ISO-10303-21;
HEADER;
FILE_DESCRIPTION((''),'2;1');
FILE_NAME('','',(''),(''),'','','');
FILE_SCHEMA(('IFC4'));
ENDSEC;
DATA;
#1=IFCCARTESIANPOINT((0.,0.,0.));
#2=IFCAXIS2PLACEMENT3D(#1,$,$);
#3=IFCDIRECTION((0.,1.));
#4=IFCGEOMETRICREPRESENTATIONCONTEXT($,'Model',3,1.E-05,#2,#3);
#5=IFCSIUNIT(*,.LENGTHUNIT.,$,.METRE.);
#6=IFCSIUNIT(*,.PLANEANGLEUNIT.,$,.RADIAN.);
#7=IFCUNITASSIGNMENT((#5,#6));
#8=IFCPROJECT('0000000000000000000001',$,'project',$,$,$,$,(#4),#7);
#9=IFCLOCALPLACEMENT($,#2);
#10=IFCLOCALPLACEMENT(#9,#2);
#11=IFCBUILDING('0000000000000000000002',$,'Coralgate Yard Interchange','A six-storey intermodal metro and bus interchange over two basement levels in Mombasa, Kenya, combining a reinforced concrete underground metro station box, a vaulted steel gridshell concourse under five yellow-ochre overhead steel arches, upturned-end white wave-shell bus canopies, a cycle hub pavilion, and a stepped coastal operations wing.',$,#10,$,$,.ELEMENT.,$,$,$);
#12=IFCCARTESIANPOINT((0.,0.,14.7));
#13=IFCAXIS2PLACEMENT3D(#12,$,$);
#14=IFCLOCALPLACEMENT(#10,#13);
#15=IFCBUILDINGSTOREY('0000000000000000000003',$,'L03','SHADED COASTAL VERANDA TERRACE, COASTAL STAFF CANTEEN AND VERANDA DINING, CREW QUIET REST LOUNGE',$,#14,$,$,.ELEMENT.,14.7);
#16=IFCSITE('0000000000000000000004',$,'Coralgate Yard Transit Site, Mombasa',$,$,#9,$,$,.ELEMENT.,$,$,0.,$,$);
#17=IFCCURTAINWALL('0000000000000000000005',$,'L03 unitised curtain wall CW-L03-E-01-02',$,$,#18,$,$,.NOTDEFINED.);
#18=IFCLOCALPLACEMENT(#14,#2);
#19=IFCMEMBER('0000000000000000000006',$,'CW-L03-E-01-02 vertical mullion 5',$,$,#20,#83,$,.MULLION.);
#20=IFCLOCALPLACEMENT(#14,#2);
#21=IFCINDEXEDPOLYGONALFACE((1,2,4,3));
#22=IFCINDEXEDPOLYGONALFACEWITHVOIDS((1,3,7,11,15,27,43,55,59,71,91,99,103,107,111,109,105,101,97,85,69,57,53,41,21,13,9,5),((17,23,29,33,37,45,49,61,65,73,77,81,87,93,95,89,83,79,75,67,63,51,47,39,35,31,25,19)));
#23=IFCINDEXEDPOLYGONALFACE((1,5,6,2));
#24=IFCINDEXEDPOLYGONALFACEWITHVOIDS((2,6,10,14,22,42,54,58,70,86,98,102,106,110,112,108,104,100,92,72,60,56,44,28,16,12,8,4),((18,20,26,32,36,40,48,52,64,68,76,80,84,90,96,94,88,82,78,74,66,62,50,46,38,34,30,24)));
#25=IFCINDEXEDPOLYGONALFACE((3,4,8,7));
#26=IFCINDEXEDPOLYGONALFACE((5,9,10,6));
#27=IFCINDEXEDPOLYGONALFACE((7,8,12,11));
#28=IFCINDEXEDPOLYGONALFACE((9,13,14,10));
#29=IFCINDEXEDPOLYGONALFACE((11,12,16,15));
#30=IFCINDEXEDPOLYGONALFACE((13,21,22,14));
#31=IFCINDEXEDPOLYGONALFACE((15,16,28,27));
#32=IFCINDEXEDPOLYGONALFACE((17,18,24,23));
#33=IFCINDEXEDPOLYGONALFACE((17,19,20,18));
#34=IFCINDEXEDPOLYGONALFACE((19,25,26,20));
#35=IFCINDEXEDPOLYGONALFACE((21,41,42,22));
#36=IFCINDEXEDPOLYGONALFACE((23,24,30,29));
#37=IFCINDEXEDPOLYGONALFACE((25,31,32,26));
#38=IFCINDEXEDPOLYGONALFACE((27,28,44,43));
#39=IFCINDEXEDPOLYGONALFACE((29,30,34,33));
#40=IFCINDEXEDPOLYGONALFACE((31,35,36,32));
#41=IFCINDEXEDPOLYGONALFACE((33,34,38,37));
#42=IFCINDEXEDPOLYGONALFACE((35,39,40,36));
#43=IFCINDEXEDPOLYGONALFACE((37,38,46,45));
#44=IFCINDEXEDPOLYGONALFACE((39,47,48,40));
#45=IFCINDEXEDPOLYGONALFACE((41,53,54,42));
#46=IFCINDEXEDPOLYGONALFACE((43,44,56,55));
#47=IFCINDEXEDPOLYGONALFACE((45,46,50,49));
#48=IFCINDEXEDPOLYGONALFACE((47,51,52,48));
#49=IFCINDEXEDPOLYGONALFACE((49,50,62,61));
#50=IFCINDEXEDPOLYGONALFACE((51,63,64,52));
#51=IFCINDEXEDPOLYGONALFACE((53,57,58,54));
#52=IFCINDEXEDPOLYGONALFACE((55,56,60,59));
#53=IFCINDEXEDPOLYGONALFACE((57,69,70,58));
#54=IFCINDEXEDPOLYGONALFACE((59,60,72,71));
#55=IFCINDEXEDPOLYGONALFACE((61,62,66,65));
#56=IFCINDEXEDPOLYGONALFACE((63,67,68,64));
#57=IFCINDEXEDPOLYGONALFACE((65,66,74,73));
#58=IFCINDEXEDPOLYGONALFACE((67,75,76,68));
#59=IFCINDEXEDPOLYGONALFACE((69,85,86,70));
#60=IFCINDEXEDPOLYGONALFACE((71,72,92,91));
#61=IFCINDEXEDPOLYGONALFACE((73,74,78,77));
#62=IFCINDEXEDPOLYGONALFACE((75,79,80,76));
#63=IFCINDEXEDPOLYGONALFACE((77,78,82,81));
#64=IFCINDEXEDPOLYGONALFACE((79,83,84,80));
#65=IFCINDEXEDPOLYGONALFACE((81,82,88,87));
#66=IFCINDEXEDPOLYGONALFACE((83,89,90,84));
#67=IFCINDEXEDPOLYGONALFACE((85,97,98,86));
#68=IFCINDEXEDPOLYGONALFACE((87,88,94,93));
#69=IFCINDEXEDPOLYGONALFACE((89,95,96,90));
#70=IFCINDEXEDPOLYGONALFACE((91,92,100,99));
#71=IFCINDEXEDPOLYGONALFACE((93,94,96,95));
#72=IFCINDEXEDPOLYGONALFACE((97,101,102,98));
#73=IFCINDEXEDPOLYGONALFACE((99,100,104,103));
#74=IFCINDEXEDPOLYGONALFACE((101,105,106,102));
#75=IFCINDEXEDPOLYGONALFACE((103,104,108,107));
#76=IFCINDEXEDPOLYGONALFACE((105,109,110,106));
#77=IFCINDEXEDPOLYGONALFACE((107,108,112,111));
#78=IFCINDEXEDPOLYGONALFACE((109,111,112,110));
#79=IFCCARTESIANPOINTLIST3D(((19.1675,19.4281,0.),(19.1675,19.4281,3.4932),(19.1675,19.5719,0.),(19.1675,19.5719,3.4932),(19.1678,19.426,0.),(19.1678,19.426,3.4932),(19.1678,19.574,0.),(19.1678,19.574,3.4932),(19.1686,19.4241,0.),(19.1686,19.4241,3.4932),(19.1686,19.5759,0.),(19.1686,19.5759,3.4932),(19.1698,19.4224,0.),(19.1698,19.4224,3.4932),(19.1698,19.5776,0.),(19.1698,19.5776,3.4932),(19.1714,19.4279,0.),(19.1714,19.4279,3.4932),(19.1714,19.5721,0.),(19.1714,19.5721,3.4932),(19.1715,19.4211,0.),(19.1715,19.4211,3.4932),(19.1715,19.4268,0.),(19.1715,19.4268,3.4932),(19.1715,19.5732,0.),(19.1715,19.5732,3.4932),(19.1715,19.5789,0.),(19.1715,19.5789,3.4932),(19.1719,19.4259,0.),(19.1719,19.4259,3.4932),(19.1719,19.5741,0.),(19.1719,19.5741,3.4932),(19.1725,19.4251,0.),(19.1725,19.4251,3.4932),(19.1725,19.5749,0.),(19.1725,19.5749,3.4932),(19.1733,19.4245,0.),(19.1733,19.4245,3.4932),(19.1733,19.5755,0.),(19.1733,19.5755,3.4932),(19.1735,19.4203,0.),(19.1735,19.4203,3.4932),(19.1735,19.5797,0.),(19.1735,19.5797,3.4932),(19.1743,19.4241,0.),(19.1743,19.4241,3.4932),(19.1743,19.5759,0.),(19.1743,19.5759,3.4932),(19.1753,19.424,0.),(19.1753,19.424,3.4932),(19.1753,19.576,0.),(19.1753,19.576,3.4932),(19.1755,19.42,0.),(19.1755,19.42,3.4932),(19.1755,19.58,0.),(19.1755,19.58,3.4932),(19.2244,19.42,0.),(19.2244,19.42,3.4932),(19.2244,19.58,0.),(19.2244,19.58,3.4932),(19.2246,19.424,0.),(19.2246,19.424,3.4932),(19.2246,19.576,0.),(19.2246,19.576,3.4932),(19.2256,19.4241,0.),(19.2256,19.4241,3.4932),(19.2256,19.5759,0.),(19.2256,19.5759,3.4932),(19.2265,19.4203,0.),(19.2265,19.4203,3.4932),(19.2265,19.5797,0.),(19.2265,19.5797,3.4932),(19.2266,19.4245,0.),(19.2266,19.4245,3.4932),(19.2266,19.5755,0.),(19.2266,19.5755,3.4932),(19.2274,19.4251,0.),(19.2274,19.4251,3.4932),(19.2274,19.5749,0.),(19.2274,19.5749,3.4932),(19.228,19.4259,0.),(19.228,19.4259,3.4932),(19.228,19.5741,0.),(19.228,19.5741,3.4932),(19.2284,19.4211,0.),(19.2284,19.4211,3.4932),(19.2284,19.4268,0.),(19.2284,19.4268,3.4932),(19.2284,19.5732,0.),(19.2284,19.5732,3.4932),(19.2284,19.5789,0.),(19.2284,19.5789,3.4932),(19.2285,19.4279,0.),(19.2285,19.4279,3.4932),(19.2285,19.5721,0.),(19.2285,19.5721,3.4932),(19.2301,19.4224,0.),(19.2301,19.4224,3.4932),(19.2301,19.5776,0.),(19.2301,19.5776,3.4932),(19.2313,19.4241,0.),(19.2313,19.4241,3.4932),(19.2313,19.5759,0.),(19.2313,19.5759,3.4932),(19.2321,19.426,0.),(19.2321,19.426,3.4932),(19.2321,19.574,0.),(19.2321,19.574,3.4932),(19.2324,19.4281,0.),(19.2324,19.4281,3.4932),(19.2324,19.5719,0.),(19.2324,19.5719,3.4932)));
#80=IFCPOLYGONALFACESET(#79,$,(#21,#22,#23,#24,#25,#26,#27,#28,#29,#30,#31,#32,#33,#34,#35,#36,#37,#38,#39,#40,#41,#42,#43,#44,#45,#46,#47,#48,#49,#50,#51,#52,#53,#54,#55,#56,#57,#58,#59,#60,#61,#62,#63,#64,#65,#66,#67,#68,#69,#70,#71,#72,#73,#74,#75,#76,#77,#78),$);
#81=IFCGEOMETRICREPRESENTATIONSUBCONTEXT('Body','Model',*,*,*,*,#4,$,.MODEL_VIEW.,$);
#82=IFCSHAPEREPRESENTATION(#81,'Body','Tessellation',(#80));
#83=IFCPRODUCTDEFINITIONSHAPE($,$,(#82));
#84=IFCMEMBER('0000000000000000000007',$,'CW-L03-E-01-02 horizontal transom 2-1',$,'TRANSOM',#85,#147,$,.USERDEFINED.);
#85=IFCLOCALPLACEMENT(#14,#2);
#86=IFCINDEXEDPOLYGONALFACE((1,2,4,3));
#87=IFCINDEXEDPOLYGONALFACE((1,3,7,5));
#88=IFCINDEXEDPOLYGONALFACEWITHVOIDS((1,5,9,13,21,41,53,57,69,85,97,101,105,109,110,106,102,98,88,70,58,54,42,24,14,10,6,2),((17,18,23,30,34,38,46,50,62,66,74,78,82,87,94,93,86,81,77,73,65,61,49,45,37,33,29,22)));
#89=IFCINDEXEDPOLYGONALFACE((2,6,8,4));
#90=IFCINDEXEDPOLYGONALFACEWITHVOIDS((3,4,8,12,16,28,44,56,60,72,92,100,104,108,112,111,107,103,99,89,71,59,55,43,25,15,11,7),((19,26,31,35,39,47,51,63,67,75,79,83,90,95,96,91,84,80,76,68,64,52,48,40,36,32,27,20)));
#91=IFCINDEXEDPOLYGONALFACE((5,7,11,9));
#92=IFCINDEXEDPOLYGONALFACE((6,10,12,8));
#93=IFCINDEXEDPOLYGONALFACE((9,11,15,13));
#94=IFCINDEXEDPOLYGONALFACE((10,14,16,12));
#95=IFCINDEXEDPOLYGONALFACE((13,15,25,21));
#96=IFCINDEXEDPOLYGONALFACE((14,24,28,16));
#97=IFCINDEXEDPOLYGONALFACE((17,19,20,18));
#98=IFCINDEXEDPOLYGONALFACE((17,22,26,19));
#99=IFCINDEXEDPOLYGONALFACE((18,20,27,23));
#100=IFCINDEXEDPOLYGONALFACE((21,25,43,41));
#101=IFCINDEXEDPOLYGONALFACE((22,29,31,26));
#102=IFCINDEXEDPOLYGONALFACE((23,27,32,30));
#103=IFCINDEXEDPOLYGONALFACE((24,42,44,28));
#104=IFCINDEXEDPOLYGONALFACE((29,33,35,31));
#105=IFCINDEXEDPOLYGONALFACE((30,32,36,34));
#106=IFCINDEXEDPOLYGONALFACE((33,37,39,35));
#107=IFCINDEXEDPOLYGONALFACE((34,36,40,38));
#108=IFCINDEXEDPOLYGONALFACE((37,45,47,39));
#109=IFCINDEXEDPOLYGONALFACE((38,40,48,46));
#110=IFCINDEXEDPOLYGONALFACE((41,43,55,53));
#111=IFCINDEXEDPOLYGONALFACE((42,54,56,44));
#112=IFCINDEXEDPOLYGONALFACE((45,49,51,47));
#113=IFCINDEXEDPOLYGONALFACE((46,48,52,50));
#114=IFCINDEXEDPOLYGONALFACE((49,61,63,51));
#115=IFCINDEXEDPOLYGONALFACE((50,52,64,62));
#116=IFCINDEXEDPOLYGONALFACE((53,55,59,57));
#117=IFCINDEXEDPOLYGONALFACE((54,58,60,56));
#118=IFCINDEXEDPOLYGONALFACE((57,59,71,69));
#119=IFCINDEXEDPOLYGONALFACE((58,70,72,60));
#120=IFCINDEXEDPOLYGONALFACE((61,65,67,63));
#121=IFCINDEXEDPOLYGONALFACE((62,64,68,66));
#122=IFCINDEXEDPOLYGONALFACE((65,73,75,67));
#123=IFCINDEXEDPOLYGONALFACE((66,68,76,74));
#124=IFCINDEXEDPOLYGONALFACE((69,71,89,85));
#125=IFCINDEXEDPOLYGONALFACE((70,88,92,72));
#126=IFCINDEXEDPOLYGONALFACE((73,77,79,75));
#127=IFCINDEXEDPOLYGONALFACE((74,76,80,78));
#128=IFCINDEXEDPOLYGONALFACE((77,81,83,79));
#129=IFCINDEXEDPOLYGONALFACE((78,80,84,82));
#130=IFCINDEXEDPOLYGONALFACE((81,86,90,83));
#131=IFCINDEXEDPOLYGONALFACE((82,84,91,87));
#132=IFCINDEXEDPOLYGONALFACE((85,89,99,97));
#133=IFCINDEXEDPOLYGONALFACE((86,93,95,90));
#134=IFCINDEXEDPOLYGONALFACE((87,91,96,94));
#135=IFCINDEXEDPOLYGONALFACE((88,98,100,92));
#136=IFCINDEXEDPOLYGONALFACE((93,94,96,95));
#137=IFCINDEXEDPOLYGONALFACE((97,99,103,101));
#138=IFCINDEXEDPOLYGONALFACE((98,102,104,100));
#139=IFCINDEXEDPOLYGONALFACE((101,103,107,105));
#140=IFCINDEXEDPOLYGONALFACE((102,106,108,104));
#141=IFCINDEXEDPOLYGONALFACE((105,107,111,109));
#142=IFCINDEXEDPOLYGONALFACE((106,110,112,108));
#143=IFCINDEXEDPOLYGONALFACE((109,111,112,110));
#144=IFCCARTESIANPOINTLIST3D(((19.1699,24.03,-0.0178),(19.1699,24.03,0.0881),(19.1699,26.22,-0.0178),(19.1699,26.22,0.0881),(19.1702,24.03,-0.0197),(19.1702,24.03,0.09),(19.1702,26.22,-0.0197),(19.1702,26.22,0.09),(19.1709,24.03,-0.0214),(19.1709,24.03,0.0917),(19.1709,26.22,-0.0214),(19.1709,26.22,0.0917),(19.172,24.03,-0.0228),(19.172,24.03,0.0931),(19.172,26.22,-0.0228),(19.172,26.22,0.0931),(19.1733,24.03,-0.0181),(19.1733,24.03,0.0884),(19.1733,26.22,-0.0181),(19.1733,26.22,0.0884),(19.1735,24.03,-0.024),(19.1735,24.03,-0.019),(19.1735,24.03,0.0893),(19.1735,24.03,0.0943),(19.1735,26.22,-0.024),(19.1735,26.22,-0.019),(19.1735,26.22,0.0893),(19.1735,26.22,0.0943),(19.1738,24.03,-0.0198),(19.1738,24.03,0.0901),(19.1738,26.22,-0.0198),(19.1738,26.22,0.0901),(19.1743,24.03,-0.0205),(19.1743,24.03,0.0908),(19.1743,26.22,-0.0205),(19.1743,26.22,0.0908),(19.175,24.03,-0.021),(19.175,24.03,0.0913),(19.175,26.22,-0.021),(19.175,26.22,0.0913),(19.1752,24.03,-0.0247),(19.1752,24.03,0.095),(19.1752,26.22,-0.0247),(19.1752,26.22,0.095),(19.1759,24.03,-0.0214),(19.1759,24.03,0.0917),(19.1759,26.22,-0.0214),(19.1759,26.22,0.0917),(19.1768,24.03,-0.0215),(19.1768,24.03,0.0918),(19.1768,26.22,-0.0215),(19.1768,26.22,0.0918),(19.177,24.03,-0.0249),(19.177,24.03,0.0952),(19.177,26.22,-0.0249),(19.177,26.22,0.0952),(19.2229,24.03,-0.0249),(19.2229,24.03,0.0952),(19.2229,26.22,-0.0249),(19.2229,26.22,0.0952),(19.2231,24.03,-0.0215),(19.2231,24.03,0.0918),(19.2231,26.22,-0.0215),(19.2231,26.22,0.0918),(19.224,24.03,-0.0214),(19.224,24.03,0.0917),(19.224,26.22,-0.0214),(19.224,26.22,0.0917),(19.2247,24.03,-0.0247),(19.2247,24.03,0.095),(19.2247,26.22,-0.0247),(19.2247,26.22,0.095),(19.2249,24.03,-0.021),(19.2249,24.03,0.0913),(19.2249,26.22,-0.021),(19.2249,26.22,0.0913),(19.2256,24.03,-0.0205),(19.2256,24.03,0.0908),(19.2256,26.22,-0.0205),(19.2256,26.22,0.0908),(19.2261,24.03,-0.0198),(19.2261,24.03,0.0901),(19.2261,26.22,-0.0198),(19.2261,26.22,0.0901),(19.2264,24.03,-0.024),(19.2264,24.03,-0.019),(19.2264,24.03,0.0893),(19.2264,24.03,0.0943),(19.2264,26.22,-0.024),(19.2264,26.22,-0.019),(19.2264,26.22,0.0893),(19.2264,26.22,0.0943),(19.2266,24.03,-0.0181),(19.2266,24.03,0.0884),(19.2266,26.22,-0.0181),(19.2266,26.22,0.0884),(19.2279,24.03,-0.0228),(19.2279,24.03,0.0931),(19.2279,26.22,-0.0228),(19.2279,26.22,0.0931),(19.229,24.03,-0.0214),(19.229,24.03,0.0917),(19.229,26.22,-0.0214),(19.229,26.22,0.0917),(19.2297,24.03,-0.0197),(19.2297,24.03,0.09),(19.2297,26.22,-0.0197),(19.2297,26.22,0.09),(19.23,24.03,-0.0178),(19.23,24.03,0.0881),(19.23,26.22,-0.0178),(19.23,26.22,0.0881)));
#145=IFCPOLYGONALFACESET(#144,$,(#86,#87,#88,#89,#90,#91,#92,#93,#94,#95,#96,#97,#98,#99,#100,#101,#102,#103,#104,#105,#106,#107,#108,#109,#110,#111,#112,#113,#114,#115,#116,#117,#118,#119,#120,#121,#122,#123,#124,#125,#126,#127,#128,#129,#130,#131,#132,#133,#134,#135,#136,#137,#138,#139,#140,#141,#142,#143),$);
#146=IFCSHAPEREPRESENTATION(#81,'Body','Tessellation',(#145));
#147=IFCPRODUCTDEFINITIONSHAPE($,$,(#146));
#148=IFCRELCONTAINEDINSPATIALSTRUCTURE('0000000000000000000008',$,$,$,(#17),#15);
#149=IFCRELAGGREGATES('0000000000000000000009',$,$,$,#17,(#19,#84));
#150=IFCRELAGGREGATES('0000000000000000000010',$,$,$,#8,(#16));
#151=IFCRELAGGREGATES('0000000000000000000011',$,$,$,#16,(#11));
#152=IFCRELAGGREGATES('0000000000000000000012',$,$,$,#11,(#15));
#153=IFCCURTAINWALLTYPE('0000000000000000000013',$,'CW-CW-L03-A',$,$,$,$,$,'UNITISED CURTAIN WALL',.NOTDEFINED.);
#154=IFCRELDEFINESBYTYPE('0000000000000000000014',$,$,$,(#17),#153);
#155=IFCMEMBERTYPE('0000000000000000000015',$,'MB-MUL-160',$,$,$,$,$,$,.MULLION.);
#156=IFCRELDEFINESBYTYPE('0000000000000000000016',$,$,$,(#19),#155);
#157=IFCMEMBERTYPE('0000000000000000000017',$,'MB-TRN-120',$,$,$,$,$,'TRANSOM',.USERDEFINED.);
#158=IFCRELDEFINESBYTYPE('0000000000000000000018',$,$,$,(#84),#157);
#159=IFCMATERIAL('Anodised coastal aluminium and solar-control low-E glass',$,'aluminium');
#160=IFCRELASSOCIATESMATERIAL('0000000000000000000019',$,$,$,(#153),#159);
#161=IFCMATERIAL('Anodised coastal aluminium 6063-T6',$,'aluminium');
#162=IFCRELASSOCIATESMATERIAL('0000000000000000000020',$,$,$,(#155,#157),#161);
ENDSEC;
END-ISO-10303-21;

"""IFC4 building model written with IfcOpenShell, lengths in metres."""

from ifc_helpers import new_model, si_unit, direction, frame, origin, origin_2d, place, context, subcontext, project, spatial, hollow_rectangle, extrude, material, material_profile, profile_set, type_object, element, aggregate, save


model = new_model("IFC4")

# Units and contexts
model_context = context("Model", 3, precision=1e-05, world=origin(), true_north=direction((0.0, 1.0)))
body_context = subcontext(model_context, "Body", "Model", "MODEL_VIEW")
ifc_project = project(units=[si_unit("LENGTHUNIT", "METRE"), si_unit("PLANEANGLEUNIT", "RADIAN")], contexts=[model_context])

# Site, building, storey
site_placement = place(None, origin())
site = spatial("IfcSite", under=ifc_project, at=site_placement, Name="Coralgate Yard Transit Site, Mombasa", CompositionType="ELEMENT", RefElevation=0.0)
building_placement = place(site_placement, origin())
building = spatial("IfcBuilding", under=site, at=building_placement, Name="Coralgate Yard Interchange", Description="A six-storey intermodal metro and bus interchange over two basement levels in Mombasa, Kenya, combining a reinforced concrete underground metro station box, a vaulted steel gridshell concourse under five yellow-ochre overhead steel arches, upturned-end white wave-shell bus canopies, a cycle hub pavilion, and a stepped coastal operations wing.", CompositionType="ELEMENT")
storey_placement = place(building_placement, frame((0.0, 0.0, 14.7)))
storey = spatial("IfcBuildingStorey", under=building, at=storey_placement, Name="L03", Description="SHADED COASTAL VERANDA TERRACE, COASTAL STAFF CANTEEN AND VERANDA DINING, CREW QUIET REST LOUNGE", CompositionType="ELEMENT", Elevation=14.7)

# Curtain wall, members
ifc_material_1 = material(Name="Anodised coastal aluminium and solar-control low-E glass", Category="aluminium")
curtain_wall_type = type_object("IfcCurtainWallType", Name="CW-CW-L03-A", ElementType="UNITISED CURTAIN WALL", PredefinedType="NOTDEFINED", material=ifc_material_1)
curtain_wall_placement = place(storey_placement, origin())
curtain_wall = element("IfcCurtainWall", 1, at=curtain_wall_placement, inside=storey, type_object=curtain_wall_type, Name="L03 unitised curtain wall CW-L03-E-01-02", PredefinedType="NOTDEFINED")
ifc_material_2 = material(Name="Anodised coastal aluminium 6063-T6", Category="aluminium")
ifc_material_profile_1 = material_profile(ifc_material_2, hollow_rectangle(XDim=0.0649, YDim=0.1599, WallThickness=0.0039, InnerFilletRadius=0.0039, OuterFilletRadius=0.0081, at=origin_2d()), Name="ALU 65x160x4")
ifc_profile_set_1 = profile_set([ifc_material_profile_1], Name="Anodised coastal aluminium 6063-T6")
member_type_1 = type_object("IfcMemberType", Name="MB-MUL-160", PredefinedType="MULLION", material=ifc_profile_set_1)
member_1_placement = place(storey_placement, frame((19.2, 19.5, 0.0), z_axis=(0.0, 0.0, 1.0), x_axis=(1.0, 0.0, 0.0)))
member_1 = element("IfcMember", 2, at=member_1_placement, type_object=member_type_1, Name="CW-L03-E-01-02 vertical mullion 5", PredefinedType="MULLION", context=body_context, shape_type="SweptSolid", body=[
    extrude(hollow_rectangle(XDim=0.0649, YDim=0.1599, WallThickness=0.0039, InnerFilletRadius=0.0039, OuterFilletRadius=0.0081, at=origin_2d()), origin(), (0.0, 0.0, 1.0), 3.4932),
])
ifc_material_profile_2 = material_profile(ifc_material_2, hollow_rectangle(XDim=0.0601, YDim=0.1201, WallThickness=0.0034, InnerFilletRadius=0.0034, OuterFilletRadius=0.0071, at=origin_2d()), Name="ALU 60x120x3.5")
ifc_profile_set_2 = profile_set([ifc_material_profile_2], Name="Anodised coastal aluminium 6063-T6")
member_type_2 = type_object("IfcMemberType", Name="MB-TRN-120", ElementType="TRANSOM", PredefinedType="USERDEFINED", material=ifc_profile_set_2)
member_2_placement = place(storey_placement, frame((19.2, 26.22, 0.0352), z_axis=(0.0, -1.0, 0.0), x_axis=(1.0, 0.0, 0.0)))
member_2 = element("IfcMember", 3, at=member_2_placement, type_object=member_type_2, Name="CW-L03-E-01-02 horizontal transom 2-1", ObjectType="TRANSOM", PredefinedType="USERDEFINED", context=body_context, shape_type="SweptSolid", body=[
    extrude(hollow_rectangle(XDim=0.0601, YDim=0.1201, WallThickness=0.0034, InnerFilletRadius=0.0034, OuterFilletRadius=0.0071, at=origin_2d()), origin(), (0.0, 0.0, 1.0), 2.1899),
])
aggregate(curtain_wall, [member_1, member_2])

save(model, "model.ifc")
